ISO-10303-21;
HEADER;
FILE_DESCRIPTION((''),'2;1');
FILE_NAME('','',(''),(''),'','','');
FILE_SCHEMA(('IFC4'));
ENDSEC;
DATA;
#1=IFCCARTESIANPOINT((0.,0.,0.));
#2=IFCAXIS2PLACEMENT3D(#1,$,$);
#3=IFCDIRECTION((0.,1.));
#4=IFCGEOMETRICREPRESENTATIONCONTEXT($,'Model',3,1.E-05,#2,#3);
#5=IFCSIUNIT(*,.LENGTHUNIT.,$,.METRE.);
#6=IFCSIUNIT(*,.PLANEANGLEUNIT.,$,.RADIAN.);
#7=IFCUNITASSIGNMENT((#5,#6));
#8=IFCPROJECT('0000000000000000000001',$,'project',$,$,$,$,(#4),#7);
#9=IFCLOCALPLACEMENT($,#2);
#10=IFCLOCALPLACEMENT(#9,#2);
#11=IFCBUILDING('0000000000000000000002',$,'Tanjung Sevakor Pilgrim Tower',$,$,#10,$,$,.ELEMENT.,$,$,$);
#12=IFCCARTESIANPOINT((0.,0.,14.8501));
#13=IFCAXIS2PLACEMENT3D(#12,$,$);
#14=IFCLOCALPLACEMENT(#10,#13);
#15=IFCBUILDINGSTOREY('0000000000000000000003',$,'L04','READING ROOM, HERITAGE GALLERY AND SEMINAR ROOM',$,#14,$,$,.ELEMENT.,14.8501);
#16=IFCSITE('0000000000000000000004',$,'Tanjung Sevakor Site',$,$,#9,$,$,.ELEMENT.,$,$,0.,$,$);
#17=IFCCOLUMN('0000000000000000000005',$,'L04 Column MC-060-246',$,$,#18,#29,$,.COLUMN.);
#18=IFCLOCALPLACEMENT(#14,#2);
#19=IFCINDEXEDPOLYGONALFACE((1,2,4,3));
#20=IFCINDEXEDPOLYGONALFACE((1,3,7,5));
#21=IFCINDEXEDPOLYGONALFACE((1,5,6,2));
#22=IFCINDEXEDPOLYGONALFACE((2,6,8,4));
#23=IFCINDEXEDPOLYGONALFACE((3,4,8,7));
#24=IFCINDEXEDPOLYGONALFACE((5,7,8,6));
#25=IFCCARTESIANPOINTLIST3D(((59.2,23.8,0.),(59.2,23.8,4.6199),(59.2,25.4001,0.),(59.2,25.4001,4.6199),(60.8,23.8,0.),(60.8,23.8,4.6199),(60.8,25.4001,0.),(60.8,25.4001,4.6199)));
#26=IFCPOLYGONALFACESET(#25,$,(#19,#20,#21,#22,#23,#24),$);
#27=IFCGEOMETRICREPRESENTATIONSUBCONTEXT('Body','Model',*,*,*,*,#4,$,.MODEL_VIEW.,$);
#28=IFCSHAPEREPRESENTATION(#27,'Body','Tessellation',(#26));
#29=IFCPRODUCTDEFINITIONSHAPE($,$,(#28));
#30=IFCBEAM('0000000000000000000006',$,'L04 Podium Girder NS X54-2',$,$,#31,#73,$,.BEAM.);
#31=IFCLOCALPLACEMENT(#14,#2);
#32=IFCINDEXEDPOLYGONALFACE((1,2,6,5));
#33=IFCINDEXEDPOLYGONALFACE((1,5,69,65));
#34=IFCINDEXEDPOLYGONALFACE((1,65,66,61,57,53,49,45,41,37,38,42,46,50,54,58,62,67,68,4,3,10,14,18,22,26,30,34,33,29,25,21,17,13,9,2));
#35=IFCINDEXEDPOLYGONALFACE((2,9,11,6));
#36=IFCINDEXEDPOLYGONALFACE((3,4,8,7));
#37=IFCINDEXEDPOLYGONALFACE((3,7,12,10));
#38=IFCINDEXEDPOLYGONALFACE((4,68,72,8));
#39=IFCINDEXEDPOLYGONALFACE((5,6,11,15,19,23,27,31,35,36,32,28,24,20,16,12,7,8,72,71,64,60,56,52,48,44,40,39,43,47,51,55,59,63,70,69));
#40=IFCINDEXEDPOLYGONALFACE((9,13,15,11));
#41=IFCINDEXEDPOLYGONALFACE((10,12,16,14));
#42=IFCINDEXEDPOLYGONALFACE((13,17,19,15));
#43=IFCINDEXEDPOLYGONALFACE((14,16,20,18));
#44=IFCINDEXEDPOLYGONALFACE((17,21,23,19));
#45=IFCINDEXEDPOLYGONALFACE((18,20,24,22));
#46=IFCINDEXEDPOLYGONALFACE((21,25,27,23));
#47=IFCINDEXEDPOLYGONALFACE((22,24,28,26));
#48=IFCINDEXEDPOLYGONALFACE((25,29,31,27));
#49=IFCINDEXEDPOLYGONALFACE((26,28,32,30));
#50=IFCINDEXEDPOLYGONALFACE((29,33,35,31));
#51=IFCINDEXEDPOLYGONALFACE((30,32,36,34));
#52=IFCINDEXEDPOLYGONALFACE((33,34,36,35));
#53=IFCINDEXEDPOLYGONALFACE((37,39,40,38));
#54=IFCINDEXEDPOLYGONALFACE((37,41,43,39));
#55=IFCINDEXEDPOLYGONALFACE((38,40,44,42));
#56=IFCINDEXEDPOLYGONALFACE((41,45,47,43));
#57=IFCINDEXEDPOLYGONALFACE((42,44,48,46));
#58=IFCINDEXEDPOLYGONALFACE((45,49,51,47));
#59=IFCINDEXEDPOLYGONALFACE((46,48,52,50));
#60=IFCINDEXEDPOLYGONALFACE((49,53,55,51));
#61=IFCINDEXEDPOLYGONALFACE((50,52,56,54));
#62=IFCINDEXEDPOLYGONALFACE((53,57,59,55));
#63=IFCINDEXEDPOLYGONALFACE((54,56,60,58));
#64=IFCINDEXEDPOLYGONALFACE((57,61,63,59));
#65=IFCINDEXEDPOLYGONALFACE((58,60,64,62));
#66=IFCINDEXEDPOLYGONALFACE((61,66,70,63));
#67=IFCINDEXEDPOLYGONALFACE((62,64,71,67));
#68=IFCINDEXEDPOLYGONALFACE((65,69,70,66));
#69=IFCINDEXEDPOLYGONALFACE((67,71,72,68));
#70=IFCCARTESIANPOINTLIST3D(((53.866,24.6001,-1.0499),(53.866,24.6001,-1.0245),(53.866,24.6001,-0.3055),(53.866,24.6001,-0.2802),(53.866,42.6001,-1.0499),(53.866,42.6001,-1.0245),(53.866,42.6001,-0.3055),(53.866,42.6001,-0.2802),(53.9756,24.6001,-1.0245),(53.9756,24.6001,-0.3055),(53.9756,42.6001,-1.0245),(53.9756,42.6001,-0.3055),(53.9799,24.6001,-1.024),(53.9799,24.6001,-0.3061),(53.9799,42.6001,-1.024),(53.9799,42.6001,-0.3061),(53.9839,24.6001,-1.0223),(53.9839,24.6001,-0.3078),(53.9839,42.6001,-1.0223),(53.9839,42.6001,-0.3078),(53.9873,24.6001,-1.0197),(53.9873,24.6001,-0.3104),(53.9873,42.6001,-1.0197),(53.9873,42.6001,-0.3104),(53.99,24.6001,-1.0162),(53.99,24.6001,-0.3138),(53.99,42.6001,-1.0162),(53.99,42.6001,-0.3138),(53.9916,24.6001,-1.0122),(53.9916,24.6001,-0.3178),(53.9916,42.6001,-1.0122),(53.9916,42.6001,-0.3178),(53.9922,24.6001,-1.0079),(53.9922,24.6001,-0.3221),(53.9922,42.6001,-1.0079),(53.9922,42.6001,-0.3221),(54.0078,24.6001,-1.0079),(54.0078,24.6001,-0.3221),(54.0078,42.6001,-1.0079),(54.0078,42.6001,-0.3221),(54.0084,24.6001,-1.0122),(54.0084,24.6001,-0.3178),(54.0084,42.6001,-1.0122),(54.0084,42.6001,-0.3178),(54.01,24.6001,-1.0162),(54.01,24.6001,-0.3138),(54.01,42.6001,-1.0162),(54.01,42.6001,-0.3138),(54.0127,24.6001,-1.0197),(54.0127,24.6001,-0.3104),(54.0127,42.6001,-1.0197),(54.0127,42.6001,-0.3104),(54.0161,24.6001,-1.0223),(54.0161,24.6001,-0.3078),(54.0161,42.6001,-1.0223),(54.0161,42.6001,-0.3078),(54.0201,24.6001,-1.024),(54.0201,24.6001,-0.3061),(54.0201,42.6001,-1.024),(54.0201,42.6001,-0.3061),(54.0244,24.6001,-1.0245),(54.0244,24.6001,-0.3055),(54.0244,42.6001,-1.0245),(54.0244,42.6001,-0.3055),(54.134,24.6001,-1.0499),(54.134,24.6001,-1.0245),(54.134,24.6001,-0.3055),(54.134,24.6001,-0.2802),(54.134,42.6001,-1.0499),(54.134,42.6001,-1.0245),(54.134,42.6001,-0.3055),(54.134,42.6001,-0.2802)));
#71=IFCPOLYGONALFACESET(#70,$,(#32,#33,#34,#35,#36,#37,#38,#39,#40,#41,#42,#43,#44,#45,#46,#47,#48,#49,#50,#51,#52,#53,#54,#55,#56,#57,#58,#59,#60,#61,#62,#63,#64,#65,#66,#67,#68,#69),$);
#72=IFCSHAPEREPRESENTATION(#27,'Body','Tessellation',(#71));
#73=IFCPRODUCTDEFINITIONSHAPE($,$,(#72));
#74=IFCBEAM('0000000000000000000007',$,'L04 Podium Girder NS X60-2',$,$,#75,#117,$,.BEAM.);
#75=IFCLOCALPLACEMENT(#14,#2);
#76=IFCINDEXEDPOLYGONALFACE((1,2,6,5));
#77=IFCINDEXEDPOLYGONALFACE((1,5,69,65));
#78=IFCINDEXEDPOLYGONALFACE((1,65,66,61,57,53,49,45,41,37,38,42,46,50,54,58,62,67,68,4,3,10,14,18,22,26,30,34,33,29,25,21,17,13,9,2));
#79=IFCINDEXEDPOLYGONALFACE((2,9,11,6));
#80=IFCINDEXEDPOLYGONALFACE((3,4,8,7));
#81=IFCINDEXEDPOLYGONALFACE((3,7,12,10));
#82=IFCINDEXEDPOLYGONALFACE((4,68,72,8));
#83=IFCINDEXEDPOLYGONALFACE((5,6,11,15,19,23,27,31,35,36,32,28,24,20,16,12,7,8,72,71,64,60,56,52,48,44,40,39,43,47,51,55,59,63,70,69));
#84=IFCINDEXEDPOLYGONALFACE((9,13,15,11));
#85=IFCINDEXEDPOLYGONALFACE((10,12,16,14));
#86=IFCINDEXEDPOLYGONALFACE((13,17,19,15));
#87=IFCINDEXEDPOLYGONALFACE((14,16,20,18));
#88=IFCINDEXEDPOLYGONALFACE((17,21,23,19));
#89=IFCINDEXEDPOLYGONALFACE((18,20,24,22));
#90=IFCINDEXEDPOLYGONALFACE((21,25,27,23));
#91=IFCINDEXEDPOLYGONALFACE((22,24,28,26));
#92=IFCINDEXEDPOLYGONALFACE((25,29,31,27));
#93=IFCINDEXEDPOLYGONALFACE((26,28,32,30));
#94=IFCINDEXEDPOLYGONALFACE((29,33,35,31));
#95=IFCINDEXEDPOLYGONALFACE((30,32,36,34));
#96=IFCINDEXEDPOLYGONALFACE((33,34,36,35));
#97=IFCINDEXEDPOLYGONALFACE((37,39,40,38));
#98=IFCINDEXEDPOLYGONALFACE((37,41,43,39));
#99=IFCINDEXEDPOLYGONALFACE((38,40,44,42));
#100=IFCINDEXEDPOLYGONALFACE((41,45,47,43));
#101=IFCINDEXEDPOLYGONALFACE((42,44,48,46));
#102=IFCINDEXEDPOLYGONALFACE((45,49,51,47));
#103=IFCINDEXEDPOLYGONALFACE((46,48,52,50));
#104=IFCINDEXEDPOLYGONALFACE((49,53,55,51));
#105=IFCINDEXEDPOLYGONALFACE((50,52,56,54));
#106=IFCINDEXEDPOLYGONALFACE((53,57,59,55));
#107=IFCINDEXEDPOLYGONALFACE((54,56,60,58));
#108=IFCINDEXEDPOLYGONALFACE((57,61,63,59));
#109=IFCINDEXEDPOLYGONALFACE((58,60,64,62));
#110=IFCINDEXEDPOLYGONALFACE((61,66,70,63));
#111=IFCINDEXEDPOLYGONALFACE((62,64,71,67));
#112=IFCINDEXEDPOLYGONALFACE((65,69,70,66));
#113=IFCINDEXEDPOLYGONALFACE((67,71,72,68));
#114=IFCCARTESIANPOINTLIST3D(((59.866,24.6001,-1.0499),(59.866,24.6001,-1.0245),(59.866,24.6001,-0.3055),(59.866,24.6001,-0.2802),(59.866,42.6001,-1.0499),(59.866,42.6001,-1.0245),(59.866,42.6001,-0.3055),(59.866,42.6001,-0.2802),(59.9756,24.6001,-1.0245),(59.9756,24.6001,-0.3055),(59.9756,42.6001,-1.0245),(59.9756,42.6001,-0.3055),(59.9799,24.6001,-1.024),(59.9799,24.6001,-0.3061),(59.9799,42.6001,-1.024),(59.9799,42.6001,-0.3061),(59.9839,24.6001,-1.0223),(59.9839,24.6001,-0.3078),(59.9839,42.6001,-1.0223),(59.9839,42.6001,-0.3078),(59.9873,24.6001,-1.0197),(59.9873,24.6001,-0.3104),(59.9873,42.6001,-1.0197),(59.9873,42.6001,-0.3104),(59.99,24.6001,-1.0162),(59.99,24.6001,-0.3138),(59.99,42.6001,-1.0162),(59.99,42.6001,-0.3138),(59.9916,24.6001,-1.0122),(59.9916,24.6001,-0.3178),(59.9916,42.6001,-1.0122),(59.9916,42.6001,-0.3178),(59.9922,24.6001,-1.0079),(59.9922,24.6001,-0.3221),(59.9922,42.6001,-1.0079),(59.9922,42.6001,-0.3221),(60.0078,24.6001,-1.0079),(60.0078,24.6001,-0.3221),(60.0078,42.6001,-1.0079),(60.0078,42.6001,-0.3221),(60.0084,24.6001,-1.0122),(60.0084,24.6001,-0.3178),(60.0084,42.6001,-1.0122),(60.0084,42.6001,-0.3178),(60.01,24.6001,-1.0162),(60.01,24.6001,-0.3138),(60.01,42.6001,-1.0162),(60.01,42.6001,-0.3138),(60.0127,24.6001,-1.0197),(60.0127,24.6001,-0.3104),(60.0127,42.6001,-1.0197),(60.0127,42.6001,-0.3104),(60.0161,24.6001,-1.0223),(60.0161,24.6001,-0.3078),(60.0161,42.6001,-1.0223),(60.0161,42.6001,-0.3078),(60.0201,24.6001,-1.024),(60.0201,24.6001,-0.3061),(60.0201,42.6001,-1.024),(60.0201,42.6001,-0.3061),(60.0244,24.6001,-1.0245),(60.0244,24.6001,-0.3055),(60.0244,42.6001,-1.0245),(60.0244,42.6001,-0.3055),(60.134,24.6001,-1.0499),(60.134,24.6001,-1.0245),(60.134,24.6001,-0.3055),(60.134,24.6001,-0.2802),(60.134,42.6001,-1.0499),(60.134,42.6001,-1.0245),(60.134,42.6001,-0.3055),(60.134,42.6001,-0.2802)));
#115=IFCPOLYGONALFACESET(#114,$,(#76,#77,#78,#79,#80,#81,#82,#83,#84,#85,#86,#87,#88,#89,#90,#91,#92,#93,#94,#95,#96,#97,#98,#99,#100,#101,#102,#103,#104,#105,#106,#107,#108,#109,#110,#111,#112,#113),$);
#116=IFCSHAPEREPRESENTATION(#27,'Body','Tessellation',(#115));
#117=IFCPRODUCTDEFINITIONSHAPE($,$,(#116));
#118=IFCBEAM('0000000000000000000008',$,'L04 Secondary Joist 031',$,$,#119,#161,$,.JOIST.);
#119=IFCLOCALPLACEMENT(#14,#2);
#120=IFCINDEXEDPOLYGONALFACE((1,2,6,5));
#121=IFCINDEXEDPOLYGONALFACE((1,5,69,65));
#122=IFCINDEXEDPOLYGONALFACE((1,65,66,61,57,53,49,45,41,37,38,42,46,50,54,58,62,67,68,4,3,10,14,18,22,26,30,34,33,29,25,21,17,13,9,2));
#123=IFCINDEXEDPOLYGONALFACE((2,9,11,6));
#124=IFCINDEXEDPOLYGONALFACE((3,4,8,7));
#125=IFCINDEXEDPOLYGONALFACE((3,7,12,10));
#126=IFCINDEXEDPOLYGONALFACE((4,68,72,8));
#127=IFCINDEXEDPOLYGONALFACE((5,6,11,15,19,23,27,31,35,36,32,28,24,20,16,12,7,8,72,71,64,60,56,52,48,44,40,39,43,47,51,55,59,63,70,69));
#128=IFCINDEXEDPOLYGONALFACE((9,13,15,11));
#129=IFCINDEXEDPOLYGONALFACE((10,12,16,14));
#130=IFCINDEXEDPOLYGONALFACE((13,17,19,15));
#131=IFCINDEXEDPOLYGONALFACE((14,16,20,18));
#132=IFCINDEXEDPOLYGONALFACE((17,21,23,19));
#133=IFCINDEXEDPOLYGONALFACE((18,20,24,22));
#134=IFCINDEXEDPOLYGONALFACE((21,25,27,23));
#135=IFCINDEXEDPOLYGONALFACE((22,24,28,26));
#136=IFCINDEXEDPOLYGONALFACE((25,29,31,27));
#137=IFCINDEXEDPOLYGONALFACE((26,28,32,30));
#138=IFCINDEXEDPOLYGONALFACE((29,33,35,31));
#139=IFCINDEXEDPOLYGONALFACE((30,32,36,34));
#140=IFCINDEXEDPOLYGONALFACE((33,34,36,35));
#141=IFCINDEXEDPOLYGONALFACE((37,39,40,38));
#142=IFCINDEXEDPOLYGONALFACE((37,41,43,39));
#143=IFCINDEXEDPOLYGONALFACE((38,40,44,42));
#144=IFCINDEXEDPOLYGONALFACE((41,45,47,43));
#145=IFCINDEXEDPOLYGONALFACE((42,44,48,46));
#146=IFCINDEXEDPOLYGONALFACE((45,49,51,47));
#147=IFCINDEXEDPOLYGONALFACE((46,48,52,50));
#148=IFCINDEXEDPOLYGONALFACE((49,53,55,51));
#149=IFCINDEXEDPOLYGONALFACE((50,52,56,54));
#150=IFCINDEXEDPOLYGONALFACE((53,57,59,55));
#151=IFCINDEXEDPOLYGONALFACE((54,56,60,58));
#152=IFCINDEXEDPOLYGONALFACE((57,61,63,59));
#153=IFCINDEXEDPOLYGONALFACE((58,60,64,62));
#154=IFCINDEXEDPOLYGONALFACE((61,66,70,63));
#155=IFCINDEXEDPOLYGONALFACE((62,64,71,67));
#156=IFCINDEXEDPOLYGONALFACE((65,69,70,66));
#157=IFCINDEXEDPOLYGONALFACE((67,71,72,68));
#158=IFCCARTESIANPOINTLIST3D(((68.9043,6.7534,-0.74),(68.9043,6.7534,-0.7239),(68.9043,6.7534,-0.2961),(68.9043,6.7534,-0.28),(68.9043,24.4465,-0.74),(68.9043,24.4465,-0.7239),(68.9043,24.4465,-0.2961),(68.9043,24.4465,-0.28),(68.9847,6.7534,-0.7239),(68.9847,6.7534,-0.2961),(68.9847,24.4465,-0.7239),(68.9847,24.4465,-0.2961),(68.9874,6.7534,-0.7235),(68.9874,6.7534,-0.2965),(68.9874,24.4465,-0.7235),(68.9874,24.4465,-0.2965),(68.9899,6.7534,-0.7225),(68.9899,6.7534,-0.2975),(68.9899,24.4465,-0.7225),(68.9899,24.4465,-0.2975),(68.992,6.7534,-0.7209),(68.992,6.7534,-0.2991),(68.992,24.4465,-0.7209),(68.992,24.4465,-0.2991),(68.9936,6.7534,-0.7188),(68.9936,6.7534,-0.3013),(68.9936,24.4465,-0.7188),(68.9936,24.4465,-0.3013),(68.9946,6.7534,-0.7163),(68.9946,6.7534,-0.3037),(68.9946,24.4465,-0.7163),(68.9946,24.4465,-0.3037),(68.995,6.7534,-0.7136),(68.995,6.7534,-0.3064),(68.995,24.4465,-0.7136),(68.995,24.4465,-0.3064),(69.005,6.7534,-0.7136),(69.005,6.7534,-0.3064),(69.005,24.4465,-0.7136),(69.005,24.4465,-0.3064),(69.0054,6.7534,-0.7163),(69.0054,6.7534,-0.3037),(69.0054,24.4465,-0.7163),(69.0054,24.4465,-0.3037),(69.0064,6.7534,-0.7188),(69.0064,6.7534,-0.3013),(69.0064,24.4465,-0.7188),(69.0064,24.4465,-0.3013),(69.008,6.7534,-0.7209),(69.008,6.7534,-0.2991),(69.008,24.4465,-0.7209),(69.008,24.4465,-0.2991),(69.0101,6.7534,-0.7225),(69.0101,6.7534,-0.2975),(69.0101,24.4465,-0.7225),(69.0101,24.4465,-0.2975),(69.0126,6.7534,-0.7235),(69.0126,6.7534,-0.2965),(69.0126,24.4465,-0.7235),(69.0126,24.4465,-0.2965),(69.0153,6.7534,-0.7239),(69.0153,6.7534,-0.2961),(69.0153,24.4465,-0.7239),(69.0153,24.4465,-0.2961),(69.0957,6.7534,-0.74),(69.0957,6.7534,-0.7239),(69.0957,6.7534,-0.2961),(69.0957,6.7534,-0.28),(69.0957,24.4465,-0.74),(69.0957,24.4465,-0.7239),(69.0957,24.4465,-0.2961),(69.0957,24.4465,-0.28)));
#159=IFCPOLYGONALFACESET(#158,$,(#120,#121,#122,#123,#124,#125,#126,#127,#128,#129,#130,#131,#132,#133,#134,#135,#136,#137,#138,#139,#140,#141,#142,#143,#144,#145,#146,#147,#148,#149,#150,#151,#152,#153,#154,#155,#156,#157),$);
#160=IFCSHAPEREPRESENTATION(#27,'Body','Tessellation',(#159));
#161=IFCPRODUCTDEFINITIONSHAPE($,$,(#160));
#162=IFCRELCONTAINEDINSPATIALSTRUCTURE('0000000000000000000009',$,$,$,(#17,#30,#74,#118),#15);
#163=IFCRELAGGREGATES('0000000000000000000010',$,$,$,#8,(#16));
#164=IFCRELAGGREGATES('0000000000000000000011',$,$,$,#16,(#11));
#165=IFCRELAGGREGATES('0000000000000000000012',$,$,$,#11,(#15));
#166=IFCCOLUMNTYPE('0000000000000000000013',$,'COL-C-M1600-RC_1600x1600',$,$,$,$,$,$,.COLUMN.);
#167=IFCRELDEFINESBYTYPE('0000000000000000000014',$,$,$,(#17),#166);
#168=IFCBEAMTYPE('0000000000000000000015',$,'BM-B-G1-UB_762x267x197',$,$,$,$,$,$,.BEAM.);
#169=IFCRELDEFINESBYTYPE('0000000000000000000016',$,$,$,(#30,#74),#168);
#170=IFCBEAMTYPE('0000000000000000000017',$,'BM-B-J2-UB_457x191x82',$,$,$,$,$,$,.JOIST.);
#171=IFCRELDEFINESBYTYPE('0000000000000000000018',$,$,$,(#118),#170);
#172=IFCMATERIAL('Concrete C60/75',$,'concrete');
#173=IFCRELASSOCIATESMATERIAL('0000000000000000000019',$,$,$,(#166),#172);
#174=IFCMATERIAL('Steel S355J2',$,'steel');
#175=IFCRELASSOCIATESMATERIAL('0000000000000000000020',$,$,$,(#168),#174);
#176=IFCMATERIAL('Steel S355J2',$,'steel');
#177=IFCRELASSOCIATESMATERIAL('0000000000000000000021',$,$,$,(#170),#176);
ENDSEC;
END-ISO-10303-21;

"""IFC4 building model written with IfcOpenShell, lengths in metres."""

from ifc_helpers import new_model, si_unit, direction, frame, origin, origin_2d, place, context, subcontext, project, spatial, rectangle, i_section, extrude, material, material_profile, profile_set, type_object, element, save


model = new_model("IFC4")

# Units and contexts
model_context = context("Model", 3, precision=1e-05, world=origin(), true_north=direction((0.0, 1.0)))
body_context = subcontext(model_context, "Body", "Model", "MODEL_VIEW")
ifc_project = project(units=[si_unit("LENGTHUNIT", "METRE"), si_unit("PLANEANGLEUNIT", "RADIAN")], contexts=[model_context])

# Site, building, storey
site_placement = place(None, origin())
site = spatial("IfcSite", under=ifc_project, at=site_placement, Name="Tanjung Sevakor Site", CompositionType="ELEMENT", RefElevation=0.0)
building_placement = place(site_placement, origin())
building = spatial("IfcBuilding", under=site, at=building_placement, Name="Tanjung Sevakor Pilgrim Tower", CompositionType="ELEMENT")
storey_placement = place(building_placement, frame((0.0, 0.0, 14.8501)))
storey = spatial("IfcBuildingStorey", under=building, at=storey_placement, Name="L04", Description="READING ROOM, HERITAGE GALLERY AND SEMINAR ROOM", CompositionType="ELEMENT", Elevation=14.8501)

# Column
ifc_material_1 = material(Name="Concrete C60/75", Category="concrete")
ifc_material_profile_1 = material_profile(ifc_material_1, rectangle(XDim=1.6001, YDim=1.6001, at=origin_2d()))
ifc_profile_set_1 = profile_set([ifc_material_profile_1], Name="Concrete C60/75")
column_type = type_object("IfcColumnType", Name="COL-C-M1600-RC_1600x1600", PredefinedType="COLUMN", material=ifc_profile_set_1)
column_placement = place(storey_placement, frame((60.0, 24.6001, 0.0), z_axis=(0.0, 0.0, 1.0), x_axis=(1.0, 0.0, 0.0)))
element("IfcColumn", 1, at=column_placement, inside=storey, type_object=column_type, Name="L04 Column MC-060-246", PredefinedType="COLUMN", context=body_context, shape_type="SweptSolid", body=[
    extrude(rectangle(XDim=1.6001, YDim=1.6001, at=origin_2d()), origin(), (0.0, 0.0, 1.0), 4.6199),
])

# Beams
ifc_material_2 = material(Name="Steel S355J2", Category="steel")
ifc_material_profile_2 = material_profile(ifc_material_2, i_section(OverallWidth=0.2681, OverallDepth=0.7698, WebThickness=0.0156, FlangeThickness=0.0254, FilletRadius=0.0166, at=origin_2d()))
ifc_profile_set_2 = profile_set([ifc_material_profile_2], Name="Steel S355J2")
beam_type_1 = type_object("IfcBeamType", Name="BM-B-G1-UB_762x267x197", PredefinedType="BEAM", material=ifc_profile_set_2)
for number, where, z_axis, x_axis, name in (
    (2, (54.0, 24.6001, -0.665), (0.0, 1.0, 0.0), (-1.0, 0.0, 0.0), "L04 Podium Girder NS X54-2"),
    (3, (60.0, 24.6001, -0.665), (0.0, 1.0, 0.0), (-1.0, 0.0, 0.0), "L04 Podium Girder NS X60-2"),
):
    element("IfcBeam", number, at=place(storey_placement, frame(where, z_axis=z_axis, x_axis=x_axis)), inside=storey, type_object=beam_type_1, Name=name, PredefinedType="BEAM", context=body_context, shape_type="SweptSolid", body=[
        extrude(i_section(OverallWidth=0.2681, OverallDepth=0.7698, WebThickness=0.0156, FlangeThickness=0.0254, FilletRadius=0.0166, at=origin_2d()), origin(), (0.0, 0.0, 1.0), 18.0),
    ])
ifc_material_3 = material(Name="Steel S355J2", Category="steel")
ifc_material_profile_3 = material_profile(ifc_material_3, i_section(OverallWidth=0.1914, OverallDepth=0.46, WebThickness=0.01, FlangeThickness=0.0161, FilletRadius=0.0103, at=origin_2d()))
ifc_profile_set_3 = profile_set([ifc_material_profile_3], Name="Steel S355J2")
beam_type_2 = type_object("IfcBeamType", Name="BM-B-J2-UB_457x191x82", PredefinedType="JOIST", material=ifc_profile_set_3)
for number, where, z_axis, x_axis, name in (
    (4, (69.0, 6.7534, -0.51), (0.0, 1.0, 0.0), (-1.0, 0.0, 0.0), "L04 Secondary Joist 031"),
):
    element("IfcBeam", number, at=place(storey_placement, frame(where, z_axis=z_axis, x_axis=x_axis)), inside=storey, type_object=beam_type_2, Name=name, PredefinedType="JOIST", context=body_context, shape_type="SweptSolid", body=[
        extrude(i_section(OverallWidth=0.1914, OverallDepth=0.46, WebThickness=0.01, FlangeThickness=0.0161, FilletRadius=0.0103, at=origin_2d()), origin(), (0.0, 0.0, 1.0), 17.6931),
    ])

save(model, "model.ifc")
